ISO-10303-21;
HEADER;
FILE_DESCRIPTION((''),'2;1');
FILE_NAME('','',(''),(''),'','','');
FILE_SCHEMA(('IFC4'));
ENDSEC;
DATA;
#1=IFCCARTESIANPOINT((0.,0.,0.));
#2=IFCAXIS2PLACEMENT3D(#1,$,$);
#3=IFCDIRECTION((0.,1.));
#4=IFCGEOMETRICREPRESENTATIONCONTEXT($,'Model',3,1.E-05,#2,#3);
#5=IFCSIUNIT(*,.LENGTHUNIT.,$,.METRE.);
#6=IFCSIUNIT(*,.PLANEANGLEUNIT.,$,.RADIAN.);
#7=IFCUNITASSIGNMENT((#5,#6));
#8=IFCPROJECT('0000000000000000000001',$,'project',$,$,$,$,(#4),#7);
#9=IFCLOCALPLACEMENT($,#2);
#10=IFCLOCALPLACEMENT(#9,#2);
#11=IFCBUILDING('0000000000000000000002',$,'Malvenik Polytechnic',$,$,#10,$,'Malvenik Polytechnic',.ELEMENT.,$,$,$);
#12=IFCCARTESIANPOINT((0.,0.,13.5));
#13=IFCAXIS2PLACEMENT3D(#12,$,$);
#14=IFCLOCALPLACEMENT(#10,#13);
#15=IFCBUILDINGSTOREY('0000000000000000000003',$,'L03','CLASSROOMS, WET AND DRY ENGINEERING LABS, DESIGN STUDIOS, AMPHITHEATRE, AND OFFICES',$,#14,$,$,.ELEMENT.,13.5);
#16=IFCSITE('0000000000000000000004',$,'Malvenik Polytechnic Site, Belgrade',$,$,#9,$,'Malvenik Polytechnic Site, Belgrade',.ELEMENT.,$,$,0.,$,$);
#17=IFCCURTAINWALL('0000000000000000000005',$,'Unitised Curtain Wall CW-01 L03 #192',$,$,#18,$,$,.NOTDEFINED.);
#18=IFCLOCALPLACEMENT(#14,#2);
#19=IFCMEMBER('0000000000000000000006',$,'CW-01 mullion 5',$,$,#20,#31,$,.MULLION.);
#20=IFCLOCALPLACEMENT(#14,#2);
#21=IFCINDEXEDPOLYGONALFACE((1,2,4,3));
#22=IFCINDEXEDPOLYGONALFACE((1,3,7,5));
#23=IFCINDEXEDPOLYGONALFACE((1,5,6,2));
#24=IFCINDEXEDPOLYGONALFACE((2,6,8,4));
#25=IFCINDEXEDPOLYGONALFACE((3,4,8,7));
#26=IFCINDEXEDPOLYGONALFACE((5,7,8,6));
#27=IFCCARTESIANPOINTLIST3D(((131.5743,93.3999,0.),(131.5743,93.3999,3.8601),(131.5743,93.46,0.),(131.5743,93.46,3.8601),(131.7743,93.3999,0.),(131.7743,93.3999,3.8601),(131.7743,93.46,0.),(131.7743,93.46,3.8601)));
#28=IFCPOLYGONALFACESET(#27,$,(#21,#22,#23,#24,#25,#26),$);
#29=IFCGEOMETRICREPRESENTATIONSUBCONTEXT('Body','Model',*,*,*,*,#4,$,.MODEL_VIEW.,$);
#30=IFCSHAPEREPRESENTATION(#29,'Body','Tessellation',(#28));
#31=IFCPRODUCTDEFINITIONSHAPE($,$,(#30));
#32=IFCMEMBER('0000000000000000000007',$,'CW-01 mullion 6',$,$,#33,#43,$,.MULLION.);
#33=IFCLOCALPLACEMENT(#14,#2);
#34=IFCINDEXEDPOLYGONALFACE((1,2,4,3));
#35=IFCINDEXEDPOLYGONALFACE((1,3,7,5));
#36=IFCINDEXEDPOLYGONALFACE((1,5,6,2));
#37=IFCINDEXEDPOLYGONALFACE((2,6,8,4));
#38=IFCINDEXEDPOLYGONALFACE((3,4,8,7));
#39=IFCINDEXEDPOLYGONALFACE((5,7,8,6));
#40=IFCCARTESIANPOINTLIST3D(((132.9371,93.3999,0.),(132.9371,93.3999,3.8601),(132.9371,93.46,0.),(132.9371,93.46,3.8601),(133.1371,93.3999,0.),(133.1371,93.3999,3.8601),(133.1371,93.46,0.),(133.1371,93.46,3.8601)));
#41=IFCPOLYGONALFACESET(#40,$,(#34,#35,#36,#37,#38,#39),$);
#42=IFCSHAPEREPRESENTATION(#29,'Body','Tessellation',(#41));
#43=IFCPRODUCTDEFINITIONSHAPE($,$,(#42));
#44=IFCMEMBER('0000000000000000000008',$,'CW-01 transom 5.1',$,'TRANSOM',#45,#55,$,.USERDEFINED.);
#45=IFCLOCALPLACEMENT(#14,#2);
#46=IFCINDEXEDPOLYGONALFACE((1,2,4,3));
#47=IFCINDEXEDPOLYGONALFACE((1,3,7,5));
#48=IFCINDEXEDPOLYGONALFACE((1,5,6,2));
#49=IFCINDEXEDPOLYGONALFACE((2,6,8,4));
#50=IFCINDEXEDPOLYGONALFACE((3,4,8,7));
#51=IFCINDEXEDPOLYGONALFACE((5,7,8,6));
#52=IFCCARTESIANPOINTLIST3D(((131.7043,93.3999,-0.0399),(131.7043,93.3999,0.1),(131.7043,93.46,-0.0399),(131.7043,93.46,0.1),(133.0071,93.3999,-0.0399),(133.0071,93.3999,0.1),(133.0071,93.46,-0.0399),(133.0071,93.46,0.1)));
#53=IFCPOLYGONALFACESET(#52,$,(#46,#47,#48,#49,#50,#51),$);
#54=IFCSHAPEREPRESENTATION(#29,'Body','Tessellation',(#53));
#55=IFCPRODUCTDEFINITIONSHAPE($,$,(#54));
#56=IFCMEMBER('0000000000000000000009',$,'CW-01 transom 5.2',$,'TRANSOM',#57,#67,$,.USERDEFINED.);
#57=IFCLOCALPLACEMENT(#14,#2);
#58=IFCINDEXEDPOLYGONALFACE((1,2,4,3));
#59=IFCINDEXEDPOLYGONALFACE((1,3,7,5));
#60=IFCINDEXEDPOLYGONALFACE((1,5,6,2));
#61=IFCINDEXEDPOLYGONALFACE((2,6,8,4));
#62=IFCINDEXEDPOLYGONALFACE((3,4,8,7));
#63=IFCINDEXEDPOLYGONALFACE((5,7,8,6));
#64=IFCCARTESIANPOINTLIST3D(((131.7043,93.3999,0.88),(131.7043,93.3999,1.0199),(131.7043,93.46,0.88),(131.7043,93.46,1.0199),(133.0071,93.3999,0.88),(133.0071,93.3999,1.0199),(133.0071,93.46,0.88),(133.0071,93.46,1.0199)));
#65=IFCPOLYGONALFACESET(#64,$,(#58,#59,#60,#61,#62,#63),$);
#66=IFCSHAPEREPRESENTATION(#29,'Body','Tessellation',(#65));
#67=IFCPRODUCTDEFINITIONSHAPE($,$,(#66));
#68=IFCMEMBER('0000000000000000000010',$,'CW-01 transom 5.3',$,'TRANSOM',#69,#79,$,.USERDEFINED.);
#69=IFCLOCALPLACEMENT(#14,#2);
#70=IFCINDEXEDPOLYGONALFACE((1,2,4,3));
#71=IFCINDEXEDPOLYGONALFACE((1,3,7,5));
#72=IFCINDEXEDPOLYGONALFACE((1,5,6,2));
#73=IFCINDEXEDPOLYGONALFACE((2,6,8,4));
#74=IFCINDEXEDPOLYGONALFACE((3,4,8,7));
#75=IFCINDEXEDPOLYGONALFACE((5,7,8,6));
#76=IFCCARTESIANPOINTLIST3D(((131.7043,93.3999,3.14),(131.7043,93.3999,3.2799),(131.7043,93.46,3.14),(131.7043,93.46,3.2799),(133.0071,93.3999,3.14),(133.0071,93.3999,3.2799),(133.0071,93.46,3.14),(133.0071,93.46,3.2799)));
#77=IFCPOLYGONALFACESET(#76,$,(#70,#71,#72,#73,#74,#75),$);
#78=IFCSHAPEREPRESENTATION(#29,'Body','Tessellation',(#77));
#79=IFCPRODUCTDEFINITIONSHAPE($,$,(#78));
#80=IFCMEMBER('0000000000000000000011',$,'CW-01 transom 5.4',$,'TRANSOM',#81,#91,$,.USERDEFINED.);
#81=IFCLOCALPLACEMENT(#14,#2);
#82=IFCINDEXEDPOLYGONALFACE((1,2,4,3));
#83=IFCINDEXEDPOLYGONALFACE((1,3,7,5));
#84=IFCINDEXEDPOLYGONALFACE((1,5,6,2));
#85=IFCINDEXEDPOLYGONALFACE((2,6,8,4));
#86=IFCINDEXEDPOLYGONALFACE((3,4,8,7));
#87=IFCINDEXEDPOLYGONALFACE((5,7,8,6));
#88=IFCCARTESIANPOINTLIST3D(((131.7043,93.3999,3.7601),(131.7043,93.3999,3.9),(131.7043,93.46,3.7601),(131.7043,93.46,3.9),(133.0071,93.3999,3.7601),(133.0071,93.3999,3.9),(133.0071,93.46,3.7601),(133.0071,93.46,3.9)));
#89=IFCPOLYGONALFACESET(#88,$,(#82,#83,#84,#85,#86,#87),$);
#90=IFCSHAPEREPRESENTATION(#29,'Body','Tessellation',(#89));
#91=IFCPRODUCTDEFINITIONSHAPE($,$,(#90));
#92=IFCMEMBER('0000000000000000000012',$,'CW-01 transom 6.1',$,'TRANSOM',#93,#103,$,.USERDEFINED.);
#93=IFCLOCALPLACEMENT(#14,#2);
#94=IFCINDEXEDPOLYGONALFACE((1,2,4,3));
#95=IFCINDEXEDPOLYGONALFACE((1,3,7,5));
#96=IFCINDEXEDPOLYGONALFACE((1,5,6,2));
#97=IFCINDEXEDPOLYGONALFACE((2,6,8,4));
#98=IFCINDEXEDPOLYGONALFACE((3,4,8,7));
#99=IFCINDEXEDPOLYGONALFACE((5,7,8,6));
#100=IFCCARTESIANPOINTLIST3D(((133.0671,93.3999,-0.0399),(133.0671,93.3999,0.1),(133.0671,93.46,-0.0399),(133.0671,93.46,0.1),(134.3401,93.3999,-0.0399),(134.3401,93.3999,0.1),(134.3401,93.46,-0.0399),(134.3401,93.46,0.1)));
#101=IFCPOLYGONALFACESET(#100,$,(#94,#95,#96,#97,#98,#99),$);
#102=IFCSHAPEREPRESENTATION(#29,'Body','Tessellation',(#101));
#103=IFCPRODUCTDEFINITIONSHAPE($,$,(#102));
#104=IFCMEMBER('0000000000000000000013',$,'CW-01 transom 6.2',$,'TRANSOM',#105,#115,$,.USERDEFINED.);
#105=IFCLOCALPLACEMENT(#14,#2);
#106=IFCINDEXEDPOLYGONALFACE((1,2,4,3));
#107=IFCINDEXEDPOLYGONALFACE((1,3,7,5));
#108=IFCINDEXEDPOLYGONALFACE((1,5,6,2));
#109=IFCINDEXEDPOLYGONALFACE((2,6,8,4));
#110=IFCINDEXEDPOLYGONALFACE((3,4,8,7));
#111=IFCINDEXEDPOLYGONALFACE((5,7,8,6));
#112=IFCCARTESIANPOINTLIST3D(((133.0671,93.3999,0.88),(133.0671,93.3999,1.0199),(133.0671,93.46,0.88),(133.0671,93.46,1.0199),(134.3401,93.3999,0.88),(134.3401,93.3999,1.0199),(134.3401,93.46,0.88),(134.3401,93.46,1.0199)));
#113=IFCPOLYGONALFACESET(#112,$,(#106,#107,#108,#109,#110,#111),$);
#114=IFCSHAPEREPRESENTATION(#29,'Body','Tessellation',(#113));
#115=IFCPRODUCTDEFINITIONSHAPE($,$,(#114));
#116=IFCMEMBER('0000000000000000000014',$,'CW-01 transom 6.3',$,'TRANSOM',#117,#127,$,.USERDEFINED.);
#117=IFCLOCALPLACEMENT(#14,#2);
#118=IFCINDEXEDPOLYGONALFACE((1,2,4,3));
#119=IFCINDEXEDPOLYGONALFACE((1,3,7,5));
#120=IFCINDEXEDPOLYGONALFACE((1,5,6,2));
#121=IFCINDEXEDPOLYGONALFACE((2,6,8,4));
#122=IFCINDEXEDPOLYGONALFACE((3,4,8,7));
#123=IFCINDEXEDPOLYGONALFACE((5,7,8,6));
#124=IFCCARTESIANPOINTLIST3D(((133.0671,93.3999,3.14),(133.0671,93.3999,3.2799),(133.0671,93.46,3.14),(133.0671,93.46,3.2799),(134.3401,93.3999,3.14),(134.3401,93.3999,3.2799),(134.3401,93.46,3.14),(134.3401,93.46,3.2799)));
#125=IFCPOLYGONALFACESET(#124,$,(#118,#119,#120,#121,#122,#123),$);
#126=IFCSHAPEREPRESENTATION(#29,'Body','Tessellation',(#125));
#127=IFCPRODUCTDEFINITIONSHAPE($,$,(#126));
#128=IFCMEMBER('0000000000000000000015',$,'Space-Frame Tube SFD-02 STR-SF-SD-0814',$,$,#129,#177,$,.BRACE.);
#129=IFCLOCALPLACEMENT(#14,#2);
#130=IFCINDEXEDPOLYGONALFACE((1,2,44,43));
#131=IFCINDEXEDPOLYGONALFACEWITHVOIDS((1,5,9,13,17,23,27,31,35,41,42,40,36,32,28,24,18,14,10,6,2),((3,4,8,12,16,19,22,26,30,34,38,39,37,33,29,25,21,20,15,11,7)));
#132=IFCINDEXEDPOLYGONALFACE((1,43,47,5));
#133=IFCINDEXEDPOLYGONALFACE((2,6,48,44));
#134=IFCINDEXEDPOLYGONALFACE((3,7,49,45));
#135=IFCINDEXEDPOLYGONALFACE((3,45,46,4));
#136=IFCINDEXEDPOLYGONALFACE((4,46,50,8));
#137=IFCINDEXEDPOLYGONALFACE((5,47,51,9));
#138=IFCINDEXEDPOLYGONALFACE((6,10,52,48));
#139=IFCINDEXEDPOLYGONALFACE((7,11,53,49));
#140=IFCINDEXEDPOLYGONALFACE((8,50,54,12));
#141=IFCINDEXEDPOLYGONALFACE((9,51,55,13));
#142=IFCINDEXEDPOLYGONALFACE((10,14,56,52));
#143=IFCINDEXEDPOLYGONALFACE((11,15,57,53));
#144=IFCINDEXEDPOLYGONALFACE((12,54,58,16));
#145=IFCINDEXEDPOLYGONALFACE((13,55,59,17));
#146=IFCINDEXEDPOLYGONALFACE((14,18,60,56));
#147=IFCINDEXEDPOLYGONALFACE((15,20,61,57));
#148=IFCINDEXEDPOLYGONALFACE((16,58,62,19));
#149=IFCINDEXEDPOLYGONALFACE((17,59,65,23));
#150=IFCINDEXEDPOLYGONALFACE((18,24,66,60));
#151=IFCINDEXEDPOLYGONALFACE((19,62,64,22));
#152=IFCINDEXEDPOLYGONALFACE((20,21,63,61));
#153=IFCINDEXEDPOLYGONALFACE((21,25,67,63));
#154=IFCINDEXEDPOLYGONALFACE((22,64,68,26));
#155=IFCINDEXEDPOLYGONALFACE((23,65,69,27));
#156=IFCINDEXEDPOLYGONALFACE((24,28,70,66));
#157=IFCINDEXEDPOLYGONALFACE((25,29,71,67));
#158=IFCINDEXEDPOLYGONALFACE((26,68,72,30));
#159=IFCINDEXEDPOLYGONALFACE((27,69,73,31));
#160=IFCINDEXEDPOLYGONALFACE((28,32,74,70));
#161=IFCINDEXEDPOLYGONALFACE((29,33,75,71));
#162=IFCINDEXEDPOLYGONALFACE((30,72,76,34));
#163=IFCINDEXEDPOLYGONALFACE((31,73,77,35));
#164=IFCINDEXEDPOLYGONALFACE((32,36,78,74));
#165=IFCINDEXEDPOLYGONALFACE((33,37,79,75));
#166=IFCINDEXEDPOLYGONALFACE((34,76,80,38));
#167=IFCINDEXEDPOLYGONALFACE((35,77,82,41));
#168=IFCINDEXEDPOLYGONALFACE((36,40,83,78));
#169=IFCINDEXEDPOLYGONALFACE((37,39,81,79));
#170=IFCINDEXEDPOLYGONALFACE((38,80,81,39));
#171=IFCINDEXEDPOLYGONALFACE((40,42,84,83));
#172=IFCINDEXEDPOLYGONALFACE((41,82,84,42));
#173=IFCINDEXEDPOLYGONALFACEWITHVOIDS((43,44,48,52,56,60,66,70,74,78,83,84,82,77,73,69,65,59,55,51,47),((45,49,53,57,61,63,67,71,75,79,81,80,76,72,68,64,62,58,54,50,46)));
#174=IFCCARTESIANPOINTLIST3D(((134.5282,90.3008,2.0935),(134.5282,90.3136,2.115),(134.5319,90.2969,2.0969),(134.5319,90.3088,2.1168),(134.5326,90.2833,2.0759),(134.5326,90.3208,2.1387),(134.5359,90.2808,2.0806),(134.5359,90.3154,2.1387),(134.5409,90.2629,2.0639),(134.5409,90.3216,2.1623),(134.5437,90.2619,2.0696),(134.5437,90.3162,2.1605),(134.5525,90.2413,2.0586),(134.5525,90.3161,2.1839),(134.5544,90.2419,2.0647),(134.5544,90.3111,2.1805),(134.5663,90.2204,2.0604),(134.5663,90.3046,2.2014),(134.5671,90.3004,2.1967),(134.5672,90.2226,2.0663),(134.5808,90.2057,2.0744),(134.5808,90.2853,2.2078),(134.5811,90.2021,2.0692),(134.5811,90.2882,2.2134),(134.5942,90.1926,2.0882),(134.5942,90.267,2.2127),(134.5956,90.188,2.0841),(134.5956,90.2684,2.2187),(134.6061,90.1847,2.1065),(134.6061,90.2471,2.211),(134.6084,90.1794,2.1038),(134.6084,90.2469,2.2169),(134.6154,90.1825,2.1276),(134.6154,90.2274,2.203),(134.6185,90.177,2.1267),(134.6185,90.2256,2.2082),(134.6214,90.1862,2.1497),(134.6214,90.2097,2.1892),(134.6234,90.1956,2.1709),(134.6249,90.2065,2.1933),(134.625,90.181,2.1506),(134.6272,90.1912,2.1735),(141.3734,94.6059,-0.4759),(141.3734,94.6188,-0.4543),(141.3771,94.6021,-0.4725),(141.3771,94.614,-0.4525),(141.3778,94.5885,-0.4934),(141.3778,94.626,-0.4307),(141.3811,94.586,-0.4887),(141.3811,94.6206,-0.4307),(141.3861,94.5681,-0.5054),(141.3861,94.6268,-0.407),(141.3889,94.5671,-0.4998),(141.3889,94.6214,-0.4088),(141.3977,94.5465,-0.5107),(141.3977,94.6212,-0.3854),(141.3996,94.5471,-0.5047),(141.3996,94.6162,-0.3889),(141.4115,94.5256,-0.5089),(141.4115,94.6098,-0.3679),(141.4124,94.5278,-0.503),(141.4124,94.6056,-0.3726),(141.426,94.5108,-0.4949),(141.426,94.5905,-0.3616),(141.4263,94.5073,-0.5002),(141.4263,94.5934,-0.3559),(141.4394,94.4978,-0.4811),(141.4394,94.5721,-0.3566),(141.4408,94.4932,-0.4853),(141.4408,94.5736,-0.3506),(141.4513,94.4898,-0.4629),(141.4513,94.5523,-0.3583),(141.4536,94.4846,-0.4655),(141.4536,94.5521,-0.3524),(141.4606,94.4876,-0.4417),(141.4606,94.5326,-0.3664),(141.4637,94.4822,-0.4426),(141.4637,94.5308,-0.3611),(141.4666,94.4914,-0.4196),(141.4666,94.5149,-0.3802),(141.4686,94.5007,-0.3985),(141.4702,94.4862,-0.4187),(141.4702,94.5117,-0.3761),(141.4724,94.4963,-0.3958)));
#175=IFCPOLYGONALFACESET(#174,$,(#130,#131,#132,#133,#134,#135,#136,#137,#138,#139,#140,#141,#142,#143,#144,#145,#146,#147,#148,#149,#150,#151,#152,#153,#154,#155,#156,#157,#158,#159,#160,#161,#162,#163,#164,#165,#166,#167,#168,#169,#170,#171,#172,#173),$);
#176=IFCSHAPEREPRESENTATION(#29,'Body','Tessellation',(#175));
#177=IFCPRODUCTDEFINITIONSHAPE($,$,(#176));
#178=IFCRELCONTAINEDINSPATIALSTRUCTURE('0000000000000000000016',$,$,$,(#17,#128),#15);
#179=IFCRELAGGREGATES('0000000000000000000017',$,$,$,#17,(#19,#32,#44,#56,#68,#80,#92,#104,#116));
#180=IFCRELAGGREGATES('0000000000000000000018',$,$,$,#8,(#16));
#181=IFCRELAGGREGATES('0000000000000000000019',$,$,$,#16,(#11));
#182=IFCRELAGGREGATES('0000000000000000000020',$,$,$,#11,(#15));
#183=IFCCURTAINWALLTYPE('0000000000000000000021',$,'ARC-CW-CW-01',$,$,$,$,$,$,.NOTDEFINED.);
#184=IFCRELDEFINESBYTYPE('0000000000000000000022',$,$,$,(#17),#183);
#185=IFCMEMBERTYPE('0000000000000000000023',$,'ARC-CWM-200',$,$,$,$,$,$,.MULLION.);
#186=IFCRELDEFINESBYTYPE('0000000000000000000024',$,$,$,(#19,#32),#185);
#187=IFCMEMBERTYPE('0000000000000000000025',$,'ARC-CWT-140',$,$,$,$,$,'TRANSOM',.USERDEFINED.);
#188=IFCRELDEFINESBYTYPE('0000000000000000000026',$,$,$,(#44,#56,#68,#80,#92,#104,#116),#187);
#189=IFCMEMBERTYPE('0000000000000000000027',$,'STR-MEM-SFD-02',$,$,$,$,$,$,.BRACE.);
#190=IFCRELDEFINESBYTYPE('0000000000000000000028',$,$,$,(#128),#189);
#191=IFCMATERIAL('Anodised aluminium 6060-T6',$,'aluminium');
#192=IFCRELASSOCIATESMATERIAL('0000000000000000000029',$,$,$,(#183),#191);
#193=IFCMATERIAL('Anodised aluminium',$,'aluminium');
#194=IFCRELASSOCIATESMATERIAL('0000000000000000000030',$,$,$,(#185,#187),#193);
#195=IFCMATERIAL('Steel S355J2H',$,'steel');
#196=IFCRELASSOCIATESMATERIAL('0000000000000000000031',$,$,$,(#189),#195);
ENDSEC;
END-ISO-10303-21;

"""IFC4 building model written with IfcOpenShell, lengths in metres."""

from ifc_helpers import new_model, si_unit, direction, frame, origin, origin_2d, place, context, subcontext, project, spatial, rectangle, hollow_circle, extrude, material, material_profile, profile_set, type_object, element, aggregate, save


model = new_model("IFC4")

# Units and contexts
model_context = context("Model", 3, precision=1e-05, world=origin(), true_north=direction((0.0, 1.0)))
body_context = subcontext(model_context, "Body", "Model", "MODEL_VIEW")
ifc_project = project(units=[si_unit("LENGTHUNIT", "METRE"), si_unit("PLANEANGLEUNIT", "RADIAN")], contexts=[model_context])

# Site, building, storey
site_placement = place(None, origin())
site = spatial("IfcSite", under=ifc_project, at=site_placement, Name="Malvenik Polytechnic Site, Belgrade", LongName="Malvenik Polytechnic Site, Belgrade", CompositionType="ELEMENT", RefElevation=0.0)
building_placement = place(site_placement, origin())
building = spatial("IfcBuilding", under=site, at=building_placement, Name="Malvenik Polytechnic", LongName="Malvenik Polytechnic", CompositionType="ELEMENT")
storey_placement = place(building_placement, frame((0.0, 0.0, 13.5)))
storey = spatial("IfcBuildingStorey", under=building, at=storey_placement, Name="L03", Description="CLASSROOMS, WET AND DRY ENGINEERING LABS, DESIGN STUDIOS, AMPHITHEATRE, AND OFFICES", CompositionType="ELEMENT", Elevation=13.5)

# Curtain wall, members
ifc_material_1 = material(Name="Anodised aluminium 6060-T6", Category="aluminium")
curtain_wall_type = type_object("IfcCurtainWallType", Name="ARC-CW-CW-01", PredefinedType="NOTDEFINED", material=ifc_material_1)
curtain_wall_placement = place(storey_placement, origin())
curtain_wall = element("IfcCurtainWall", 1, at=curtain_wall_placement, inside=storey, type_object=curtain_wall_type, Name="Unitised Curtain Wall CW-01 L03 #192", PredefinedType="NOTDEFINED")
ifc_material_2 = material(Name="Anodised aluminium", Category="aluminium")
ifc_material_profile_1 = material_profile(ifc_material_2, rectangle(XDim=0.0601, YDim=0.2, at=origin_2d()), Name="ALU MULLION 60x200")
ifc_profile_set_1 = profile_set([ifc_material_profile_1], Name="Anodised aluminium")
member_type_1 = type_object("IfcMemberType", Name="ARC-CWM-200", PredefinedType="MULLION", material=ifc_profile_set_1)
member_1_placement = place(storey_placement, frame((131.6743, 93.4299, 0.0), z_axis=(0.0, 0.0, 1.0), x_axis=(0.0, 1.0, 0.0)))
member_1 = element("IfcMember", 2, at=member_1_placement, type_object=member_type_1, Name="CW-01 mullion 5", PredefinedType="MULLION", context=body_context, shape_type="SweptSolid", body=[
    extrude(rectangle(XDim=0.0601, YDim=0.2, at=origin_2d()), origin(), (0.0, 0.0, 1.0), 3.8601),
])
member_2_placement = place(storey_placement, frame((133.0371, 93.4299, 0.0), z_axis=(0.0, 0.0, 1.0), x_axis=(0.0, 1.0, 0.0)))
member_2 = element("IfcMember", 3, at=member_2_placement, type_object=member_type_1, Name="CW-01 mullion 6", PredefinedType="MULLION", context=body_context, shape_type="SweptSolid", body=[
    extrude(rectangle(XDim=0.0601, YDim=0.2, at=origin_2d()), origin(), (0.0, 0.0, 1.0), 3.8601),
])
ifc_material_profile_2 = material_profile(ifc_material_2, rectangle(XDim=0.0601, YDim=0.1399, at=origin_2d()), Name="ALU TRANSOM 60x140")
ifc_profile_set_2 = profile_set([ifc_material_profile_2], Name="Anodised aluminium")
member_type_2 = type_object("IfcMemberType", Name="ARC-CWT-140", ElementType="TRANSOM", PredefinedType="USERDEFINED", material=ifc_profile_set_2)
member_3_placement = place(storey_placement, frame((131.7043, 93.4299, 0.03), z_axis=(1.0, 0.0, 0.0), x_axis=(0.0, 1.0, 0.0)))
member_3 = element("IfcMember", 4, at=member_3_placement, type_object=member_type_2, Name="CW-01 transom 5.1", ObjectType="TRANSOM", PredefinedType="USERDEFINED", context=body_context, shape_type="SweptSolid", body=[
    extrude(rectangle(XDim=0.0601, YDim=0.1399, at=origin_2d()), origin(), (0.0, 0.0, 1.0), 1.3027),
])
member_4_placement = place(storey_placement, frame((131.7043, 93.4299, 0.95), z_axis=(1.0, 0.0, 0.0), x_axis=(0.0, 1.0, 0.0)))
member_4 = element("IfcMember", 5, at=member_4_placement, type_object=member_type_2, Name="CW-01 transom 5.2", ObjectType="TRANSOM", PredefinedType="USERDEFINED", context=body_context, shape_type="SweptSolid", body=[
    extrude(rectangle(XDim=0.0601, YDim=0.1399, at=origin_2d()), origin(), (0.0, 0.0, 1.0), 1.3027),
])
member_5_placement = place(storey_placement, frame((131.7043, 93.4299, 3.21), z_axis=(1.0, 0.0, 0.0), x_axis=(0.0, 1.0, 0.0)))
member_5 = element("IfcMember", 6, at=member_5_placement, type_object=member_type_2, Name="CW-01 transom 5.3", ObjectType="TRANSOM", PredefinedType="USERDEFINED", context=body_context, shape_type="SweptSolid", body=[
    extrude(rectangle(XDim=0.0601, YDim=0.1399, at=origin_2d()), origin(), (0.0, 0.0, 1.0), 1.3027),
])
member_6_placement = place(storey_placement, frame((131.7043, 93.4299, 3.8301), z_axis=(1.0, 0.0, 0.0), x_axis=(0.0, 1.0, 0.0)))
member_6 = element("IfcMember", 7, at=member_6_placement, type_object=member_type_2, Name="CW-01 transom 5.4", ObjectType="TRANSOM", PredefinedType="USERDEFINED", context=body_context, shape_type="SweptSolid", body=[
    extrude(rectangle(XDim=0.0601, YDim=0.1399, at=origin_2d()), origin(), (0.0, 0.0, 1.0), 1.3027),
])
member_7_placement = place(storey_placement, frame((133.0671, 93.4299, 0.03), z_axis=(1.0, 0.0, 0.0), x_axis=(0.0, 1.0, 0.0)))
member_7 = element("IfcMember", 8, at=member_7_placement, type_object=member_type_2, Name="CW-01 transom 6.1", ObjectType="TRANSOM", PredefinedType="USERDEFINED", context=body_context, shape_type="SweptSolid", body=[
    extrude(rectangle(XDim=0.0601, YDim=0.1399, at=origin_2d()), origin(), (0.0, 0.0, 1.0), 1.2729),
])
member_8_placement = place(storey_placement, frame((133.0671, 93.4299, 0.95), z_axis=(1.0, 0.0, 0.0), x_axis=(0.0, 1.0, 0.0)))
member_8 = element("IfcMember", 9, at=member_8_placement, type_object=member_type_2, Name="CW-01 transom 6.2", ObjectType="TRANSOM", PredefinedType="USERDEFINED", context=body_context, shape_type="SweptSolid", body=[
    extrude(rectangle(XDim=0.0601, YDim=0.1399, at=origin_2d()), origin(), (0.0, 0.0, 1.0), 1.2729),
])
member_9_placement = place(storey_placement, frame((133.0671, 93.4299, 3.21), z_axis=(1.0, 0.0, 0.0), x_axis=(0.0, 1.0, 0.0)))
member_9 = element("IfcMember", 10, at=member_9_placement, type_object=member_type_2, Name="CW-01 transom 6.3", ObjectType="TRANSOM", PredefinedType="USERDEFINED", context=body_context, shape_type="SweptSolid", body=[
    extrude(rectangle(XDim=0.0601, YDim=0.1399, at=origin_2d()), origin(), (0.0, 0.0, 1.0), 1.2729),
])

# Member
ifc_material_3 = material(Name="Steel S355J2H", Category="steel")
ifc_material_profile_3 = material_profile(ifc_material_3, hollow_circle(Radius=0.0842, WallThickness=0.0063, at=origin_2d()), Name="CHS 168.3x6.3")
ifc_profile_set_3 = profile_set([ifc_material_profile_3], Name="Steel S355J2H")
member_type_3 = type_object("IfcMemberType", Name="STR-MEM-SFD-02", PredefinedType="BRACE", material=ifc_profile_set_3)
member_10_placement = place(storey_placement, frame((134.5774, 90.2495, 2.1387), z_axis=(0.806756, 0.507395, -0.302814), x_axis=(-0.53239, 0.846499, 0.0)))
element("IfcMember", 11, at=member_10_placement, inside=storey, type_object=member_type_3, Name="Space-Frame Tube SFD-02 STR-SF-SD-0814", PredefinedType="BRACE", context=body_context, shape_type="SweptSolid", body=[
    extrude(hollow_circle(Radius=0.0842, WallThickness=0.0063, at=origin_2d()), origin(), (0.0, 0.0, 1.0), 8.4849),
])

aggregate(curtain_wall, [member_1, member_2, member_3, member_4, member_5, member_6, member_7, member_8, member_9])

save(model, "model.ifc")
